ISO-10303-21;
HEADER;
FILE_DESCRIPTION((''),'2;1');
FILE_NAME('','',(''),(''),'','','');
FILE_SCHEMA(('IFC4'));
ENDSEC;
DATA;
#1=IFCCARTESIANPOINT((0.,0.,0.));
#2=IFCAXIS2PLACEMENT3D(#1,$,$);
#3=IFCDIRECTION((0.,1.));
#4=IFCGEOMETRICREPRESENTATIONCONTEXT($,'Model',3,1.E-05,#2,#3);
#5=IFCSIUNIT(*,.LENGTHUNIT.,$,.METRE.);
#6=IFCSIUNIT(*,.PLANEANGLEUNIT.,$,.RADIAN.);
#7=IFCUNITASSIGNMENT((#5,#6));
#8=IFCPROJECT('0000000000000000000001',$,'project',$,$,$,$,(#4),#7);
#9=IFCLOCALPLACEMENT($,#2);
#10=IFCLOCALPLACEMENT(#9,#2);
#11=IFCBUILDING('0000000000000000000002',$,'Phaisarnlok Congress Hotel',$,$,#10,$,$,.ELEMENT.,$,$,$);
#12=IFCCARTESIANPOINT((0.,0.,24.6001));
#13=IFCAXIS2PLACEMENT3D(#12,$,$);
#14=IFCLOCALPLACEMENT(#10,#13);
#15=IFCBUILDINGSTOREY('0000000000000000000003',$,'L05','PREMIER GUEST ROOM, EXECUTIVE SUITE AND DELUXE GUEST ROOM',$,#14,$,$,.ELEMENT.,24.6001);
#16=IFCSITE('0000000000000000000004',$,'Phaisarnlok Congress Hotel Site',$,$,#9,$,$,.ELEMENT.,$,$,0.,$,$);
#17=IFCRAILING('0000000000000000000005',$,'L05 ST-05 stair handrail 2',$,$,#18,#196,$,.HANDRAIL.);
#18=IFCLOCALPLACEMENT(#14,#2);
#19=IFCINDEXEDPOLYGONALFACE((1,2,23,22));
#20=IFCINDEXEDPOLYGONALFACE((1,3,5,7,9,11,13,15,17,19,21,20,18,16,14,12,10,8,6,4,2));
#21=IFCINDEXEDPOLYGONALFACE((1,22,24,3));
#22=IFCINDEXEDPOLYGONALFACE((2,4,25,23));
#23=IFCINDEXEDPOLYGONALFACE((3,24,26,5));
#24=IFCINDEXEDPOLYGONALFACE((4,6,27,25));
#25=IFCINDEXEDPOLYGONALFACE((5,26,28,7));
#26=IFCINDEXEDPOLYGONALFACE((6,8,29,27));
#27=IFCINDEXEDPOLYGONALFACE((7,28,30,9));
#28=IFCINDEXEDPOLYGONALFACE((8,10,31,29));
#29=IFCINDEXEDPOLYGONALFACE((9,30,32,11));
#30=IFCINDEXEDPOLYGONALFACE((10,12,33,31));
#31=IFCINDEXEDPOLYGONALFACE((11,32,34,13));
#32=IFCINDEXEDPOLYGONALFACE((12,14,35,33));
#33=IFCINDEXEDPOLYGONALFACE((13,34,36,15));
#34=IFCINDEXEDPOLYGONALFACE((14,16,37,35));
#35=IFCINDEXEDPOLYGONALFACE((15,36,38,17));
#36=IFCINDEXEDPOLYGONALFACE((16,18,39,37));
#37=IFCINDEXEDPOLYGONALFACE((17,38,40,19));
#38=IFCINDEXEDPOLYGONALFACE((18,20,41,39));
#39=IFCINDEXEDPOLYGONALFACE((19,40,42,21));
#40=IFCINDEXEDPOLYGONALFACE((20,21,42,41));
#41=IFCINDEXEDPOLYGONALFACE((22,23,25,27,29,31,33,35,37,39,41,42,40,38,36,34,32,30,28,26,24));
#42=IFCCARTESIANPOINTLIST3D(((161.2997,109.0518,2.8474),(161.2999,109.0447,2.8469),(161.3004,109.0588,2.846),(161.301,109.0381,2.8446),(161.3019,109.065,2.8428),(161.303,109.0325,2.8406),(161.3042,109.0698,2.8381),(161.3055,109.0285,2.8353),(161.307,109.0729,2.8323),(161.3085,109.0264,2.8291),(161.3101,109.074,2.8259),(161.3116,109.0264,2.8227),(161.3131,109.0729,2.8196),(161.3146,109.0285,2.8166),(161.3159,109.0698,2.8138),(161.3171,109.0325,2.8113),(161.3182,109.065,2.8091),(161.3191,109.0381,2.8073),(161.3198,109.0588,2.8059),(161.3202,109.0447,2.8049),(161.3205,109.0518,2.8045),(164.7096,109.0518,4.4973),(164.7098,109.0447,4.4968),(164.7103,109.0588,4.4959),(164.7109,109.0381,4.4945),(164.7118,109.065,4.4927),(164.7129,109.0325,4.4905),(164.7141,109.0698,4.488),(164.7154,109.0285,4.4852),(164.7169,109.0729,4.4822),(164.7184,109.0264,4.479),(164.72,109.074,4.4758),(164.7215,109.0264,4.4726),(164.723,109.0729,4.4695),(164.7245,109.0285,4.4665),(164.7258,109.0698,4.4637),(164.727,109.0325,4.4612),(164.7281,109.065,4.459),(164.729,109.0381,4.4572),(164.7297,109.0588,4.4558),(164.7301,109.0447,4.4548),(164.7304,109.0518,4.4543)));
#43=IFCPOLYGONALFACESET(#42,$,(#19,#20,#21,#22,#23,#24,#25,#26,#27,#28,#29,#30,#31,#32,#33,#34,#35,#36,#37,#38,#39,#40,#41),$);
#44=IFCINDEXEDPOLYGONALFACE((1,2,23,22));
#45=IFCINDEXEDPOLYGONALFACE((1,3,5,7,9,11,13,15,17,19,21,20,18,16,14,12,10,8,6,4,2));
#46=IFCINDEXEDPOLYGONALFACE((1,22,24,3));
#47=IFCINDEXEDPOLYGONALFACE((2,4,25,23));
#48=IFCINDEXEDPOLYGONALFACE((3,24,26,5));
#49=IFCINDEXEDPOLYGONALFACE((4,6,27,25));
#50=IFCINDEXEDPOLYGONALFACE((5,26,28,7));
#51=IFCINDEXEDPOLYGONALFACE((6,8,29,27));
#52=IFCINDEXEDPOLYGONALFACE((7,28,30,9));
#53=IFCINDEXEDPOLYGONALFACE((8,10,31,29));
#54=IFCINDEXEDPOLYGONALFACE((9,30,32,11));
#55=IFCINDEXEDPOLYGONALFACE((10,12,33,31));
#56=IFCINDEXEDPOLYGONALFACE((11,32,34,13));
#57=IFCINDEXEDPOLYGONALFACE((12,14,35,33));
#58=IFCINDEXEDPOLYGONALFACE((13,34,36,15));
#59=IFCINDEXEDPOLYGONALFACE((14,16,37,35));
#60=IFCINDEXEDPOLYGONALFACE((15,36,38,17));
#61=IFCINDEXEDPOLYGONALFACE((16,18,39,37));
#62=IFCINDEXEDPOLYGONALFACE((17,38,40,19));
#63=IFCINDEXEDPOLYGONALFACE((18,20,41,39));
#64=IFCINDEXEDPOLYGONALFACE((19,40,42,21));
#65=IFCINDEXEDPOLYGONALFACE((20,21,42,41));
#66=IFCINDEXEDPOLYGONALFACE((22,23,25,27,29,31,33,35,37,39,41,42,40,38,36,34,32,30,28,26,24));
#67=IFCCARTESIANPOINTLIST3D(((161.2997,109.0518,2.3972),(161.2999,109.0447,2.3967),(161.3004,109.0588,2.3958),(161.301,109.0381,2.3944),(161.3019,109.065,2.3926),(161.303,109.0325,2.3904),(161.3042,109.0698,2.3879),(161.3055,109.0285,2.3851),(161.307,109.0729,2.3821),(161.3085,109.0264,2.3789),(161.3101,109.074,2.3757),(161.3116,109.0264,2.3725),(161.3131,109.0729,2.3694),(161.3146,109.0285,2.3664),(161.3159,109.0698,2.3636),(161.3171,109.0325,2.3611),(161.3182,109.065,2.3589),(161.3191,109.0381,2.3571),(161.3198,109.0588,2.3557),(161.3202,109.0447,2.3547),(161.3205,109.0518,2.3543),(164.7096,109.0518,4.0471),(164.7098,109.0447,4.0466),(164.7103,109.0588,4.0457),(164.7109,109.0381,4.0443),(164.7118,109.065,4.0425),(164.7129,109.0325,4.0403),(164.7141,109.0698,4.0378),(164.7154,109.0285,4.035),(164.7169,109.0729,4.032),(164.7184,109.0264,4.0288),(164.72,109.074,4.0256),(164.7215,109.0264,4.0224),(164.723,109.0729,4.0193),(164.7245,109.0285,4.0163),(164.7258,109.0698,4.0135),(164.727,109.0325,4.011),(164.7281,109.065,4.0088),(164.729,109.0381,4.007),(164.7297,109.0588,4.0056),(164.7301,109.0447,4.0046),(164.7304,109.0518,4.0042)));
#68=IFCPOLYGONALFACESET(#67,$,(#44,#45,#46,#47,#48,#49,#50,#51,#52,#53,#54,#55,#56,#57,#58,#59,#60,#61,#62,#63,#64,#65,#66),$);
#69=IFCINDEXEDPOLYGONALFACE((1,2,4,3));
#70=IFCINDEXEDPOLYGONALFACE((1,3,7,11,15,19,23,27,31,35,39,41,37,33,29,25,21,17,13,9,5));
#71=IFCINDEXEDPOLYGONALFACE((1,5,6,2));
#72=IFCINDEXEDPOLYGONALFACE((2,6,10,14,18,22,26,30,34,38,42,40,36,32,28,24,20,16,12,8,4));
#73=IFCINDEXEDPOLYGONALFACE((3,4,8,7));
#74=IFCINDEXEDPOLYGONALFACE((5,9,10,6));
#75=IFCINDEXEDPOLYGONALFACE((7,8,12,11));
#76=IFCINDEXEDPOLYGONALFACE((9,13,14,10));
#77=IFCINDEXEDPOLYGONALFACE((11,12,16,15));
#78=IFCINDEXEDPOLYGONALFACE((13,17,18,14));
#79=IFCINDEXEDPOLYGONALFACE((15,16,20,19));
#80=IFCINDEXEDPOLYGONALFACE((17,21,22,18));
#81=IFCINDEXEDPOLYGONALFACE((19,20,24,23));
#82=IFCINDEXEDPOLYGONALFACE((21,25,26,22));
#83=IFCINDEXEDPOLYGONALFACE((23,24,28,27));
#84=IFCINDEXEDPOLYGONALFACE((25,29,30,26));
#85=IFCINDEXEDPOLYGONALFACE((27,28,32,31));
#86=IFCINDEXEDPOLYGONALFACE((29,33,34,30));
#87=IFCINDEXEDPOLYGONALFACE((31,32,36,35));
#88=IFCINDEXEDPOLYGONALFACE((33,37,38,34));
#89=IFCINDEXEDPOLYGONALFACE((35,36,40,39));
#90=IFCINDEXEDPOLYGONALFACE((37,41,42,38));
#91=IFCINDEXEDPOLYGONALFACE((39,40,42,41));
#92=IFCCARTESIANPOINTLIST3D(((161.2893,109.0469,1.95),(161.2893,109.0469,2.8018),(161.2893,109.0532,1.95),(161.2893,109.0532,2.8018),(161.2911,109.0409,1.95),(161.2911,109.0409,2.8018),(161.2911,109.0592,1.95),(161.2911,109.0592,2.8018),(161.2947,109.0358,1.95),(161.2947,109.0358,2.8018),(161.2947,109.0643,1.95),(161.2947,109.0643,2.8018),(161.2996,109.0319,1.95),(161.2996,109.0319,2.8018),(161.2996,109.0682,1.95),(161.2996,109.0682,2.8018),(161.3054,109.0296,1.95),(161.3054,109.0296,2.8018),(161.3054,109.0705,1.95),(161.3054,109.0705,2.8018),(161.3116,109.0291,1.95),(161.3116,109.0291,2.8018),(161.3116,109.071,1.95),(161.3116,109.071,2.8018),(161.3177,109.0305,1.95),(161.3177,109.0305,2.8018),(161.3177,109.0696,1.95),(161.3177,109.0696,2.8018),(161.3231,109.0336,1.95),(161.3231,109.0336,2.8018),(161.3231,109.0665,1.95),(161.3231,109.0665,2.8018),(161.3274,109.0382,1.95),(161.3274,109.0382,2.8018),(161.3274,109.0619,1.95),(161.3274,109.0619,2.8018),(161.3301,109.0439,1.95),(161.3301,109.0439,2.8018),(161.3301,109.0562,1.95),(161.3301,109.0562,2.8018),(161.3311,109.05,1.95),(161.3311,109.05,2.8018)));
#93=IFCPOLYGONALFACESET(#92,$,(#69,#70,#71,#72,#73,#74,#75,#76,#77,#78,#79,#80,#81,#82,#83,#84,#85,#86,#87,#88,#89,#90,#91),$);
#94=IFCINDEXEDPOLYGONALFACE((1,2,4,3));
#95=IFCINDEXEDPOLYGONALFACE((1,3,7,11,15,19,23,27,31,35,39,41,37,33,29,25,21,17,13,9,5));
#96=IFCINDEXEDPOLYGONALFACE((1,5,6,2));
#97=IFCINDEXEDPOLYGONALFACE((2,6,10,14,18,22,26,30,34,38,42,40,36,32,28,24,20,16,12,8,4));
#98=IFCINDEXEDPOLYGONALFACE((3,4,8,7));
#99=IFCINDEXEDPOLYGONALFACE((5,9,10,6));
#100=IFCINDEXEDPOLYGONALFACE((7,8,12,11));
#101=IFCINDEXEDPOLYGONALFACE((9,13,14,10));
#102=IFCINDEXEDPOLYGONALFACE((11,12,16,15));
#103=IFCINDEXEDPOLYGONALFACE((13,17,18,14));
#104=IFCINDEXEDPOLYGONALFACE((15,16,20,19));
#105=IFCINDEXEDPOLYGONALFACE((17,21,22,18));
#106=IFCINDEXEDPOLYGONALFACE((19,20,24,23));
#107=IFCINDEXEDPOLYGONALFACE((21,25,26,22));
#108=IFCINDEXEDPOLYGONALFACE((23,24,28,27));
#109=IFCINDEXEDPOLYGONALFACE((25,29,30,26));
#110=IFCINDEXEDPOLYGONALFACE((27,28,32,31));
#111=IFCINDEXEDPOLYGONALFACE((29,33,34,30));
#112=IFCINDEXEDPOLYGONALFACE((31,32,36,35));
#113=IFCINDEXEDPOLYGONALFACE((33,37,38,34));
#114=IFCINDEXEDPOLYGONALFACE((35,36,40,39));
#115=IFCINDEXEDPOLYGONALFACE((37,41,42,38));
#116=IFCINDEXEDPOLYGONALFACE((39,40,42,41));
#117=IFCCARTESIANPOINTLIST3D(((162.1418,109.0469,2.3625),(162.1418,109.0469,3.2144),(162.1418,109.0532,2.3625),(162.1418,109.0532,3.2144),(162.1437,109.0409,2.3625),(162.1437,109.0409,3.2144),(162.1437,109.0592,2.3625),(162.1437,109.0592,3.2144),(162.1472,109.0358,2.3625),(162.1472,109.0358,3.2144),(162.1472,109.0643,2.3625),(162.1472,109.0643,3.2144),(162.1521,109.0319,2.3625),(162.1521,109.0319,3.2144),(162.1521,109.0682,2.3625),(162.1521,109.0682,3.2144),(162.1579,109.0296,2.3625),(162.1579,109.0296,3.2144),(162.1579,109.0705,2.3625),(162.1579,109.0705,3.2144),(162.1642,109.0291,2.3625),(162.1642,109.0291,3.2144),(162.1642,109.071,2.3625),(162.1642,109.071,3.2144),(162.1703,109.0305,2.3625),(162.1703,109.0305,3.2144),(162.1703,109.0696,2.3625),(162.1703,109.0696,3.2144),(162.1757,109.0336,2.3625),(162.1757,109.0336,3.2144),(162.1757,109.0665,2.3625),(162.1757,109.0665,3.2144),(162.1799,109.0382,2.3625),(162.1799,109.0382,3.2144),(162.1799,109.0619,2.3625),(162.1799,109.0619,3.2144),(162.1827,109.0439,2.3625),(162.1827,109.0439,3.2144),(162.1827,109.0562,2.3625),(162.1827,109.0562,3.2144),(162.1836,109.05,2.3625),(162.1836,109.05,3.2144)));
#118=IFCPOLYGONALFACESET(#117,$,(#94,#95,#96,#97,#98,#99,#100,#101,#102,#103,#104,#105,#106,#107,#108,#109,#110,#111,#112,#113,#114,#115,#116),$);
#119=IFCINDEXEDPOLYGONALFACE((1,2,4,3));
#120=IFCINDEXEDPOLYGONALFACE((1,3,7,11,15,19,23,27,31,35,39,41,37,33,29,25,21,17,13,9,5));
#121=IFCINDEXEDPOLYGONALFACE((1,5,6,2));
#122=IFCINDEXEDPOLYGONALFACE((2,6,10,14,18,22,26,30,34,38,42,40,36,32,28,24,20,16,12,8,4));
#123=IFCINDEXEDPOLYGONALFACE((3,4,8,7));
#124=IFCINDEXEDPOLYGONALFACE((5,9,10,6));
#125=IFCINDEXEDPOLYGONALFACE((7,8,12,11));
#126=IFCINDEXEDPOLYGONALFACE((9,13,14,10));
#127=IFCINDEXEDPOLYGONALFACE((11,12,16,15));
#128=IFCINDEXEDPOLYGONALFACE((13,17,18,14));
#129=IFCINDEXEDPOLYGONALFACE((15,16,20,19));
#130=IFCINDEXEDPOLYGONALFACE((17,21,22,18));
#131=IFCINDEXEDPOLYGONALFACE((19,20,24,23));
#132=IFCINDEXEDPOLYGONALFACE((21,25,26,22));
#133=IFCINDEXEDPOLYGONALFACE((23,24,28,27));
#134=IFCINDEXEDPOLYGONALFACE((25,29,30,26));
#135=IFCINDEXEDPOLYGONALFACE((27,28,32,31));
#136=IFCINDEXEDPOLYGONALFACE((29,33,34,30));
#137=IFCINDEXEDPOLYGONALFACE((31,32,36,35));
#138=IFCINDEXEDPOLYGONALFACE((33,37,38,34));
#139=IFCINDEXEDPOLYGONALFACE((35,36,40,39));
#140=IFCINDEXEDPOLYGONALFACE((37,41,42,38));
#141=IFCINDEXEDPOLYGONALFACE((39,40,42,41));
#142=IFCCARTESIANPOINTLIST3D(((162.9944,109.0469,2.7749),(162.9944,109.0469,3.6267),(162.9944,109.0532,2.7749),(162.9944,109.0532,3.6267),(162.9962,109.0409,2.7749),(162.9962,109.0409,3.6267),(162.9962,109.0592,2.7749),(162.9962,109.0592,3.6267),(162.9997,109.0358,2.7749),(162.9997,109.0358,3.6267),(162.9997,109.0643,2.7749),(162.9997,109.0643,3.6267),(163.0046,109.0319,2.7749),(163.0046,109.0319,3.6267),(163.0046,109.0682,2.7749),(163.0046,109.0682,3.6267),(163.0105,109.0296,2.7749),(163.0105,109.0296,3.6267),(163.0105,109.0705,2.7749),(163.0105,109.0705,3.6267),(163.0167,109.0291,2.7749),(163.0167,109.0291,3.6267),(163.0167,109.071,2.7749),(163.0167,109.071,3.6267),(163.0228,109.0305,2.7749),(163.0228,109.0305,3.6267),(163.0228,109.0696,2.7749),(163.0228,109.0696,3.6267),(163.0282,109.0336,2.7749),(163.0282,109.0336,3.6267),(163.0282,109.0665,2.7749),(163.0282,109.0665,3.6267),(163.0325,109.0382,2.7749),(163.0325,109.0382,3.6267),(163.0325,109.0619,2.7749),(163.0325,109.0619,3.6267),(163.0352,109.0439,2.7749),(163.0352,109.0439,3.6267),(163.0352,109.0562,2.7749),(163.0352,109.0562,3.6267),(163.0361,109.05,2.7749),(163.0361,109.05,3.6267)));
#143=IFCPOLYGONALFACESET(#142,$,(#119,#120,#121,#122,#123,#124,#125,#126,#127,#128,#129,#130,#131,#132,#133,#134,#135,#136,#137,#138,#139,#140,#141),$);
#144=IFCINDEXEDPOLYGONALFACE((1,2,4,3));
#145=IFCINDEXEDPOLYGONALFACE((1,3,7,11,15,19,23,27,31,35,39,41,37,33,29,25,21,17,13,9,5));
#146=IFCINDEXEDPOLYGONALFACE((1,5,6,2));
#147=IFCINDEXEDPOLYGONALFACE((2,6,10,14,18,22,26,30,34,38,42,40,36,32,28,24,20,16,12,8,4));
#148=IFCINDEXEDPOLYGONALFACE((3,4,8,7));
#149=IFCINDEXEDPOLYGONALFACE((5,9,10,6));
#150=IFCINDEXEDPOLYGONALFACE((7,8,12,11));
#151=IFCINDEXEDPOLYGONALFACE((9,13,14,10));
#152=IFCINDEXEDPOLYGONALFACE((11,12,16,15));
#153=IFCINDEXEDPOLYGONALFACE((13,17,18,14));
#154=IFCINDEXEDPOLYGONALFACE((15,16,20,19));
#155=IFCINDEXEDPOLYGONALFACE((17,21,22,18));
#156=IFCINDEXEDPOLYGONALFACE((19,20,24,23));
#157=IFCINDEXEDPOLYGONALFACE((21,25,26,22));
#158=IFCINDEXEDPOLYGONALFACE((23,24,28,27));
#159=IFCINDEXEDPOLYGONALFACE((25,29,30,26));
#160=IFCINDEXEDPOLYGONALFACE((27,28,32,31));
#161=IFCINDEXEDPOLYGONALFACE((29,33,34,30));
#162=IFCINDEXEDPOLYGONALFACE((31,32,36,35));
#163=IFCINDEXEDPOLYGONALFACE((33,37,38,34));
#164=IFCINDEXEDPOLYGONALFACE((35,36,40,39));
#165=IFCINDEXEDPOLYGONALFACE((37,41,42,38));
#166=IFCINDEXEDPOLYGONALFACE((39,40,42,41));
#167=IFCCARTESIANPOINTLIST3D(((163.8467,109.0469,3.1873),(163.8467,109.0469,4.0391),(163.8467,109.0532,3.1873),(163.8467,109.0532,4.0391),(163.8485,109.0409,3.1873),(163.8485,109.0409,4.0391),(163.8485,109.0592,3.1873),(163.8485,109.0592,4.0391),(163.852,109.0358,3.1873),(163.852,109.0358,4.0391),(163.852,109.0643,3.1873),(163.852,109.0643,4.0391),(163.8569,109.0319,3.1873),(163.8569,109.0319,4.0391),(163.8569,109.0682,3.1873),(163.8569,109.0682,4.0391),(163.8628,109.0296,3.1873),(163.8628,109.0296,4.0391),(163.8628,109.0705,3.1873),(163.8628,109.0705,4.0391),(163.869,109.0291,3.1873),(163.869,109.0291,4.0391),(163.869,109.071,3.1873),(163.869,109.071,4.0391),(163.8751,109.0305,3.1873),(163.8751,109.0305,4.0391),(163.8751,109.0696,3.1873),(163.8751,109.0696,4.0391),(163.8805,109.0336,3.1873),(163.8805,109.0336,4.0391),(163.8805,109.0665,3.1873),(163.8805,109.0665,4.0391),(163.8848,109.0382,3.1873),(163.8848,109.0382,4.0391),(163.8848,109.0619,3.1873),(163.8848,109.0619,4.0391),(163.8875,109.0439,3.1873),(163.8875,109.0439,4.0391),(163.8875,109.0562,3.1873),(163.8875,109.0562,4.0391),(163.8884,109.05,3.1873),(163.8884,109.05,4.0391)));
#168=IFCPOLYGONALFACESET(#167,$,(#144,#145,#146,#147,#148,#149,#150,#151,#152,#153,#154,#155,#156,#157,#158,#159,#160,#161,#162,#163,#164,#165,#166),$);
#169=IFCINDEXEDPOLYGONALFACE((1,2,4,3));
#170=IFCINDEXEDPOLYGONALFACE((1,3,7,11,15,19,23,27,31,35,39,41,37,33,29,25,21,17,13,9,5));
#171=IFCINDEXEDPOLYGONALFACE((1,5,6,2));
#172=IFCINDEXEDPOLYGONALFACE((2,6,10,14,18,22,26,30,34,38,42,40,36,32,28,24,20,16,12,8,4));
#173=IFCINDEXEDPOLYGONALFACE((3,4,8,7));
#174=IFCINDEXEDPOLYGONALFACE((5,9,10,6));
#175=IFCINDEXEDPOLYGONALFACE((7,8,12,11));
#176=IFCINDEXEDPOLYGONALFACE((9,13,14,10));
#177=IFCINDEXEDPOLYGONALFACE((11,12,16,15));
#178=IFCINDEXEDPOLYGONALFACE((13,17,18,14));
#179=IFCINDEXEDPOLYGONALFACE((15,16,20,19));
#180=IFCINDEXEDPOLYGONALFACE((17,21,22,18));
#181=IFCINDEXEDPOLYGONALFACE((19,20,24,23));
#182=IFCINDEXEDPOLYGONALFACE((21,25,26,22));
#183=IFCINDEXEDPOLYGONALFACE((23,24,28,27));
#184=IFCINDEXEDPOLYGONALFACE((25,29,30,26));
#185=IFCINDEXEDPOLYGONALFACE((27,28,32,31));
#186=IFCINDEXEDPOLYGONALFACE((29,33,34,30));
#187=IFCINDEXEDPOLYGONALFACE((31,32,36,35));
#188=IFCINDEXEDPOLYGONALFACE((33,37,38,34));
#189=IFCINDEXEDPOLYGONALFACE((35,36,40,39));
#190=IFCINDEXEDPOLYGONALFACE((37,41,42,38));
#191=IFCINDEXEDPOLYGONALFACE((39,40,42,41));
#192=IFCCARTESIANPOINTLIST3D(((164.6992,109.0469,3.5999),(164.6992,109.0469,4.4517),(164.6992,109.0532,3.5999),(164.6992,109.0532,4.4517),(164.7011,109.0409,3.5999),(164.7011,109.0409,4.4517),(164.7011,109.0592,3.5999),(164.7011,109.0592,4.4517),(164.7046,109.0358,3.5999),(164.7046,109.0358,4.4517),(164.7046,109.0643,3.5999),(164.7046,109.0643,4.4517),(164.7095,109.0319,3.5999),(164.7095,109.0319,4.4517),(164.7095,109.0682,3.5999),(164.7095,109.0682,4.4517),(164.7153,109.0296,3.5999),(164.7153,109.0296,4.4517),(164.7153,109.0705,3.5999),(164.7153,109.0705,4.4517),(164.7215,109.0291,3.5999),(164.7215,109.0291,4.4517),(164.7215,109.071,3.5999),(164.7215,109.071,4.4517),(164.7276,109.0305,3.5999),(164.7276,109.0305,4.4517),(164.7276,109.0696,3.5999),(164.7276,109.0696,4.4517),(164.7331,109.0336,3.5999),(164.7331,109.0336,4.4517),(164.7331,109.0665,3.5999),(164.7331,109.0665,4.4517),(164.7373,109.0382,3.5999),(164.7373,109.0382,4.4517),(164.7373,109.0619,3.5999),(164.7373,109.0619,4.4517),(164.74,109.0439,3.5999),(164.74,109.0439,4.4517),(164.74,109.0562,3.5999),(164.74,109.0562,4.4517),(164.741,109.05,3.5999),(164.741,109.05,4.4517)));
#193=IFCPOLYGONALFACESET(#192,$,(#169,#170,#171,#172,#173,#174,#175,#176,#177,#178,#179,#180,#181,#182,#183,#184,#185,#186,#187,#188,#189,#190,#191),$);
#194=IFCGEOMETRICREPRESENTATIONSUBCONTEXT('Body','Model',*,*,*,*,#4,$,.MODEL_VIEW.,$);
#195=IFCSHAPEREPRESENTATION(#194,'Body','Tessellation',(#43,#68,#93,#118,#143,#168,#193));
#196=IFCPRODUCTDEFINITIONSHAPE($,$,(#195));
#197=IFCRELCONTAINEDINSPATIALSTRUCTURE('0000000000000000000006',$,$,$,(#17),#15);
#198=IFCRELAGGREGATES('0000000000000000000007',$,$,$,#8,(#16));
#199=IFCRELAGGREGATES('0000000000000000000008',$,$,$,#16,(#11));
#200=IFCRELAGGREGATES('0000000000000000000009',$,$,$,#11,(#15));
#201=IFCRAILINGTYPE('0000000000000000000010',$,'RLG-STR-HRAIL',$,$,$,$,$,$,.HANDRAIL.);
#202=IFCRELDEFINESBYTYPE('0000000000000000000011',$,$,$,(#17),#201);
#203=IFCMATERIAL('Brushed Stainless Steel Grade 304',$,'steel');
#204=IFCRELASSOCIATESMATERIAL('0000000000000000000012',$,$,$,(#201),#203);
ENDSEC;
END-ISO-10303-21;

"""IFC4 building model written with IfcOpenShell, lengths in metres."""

from ifc_helpers import new_model, si_unit, direction, frame, origin, origin_2d, place, context, subcontext, project, spatial, circle, extrude, material, type_object, element, save


model = new_model("IFC4")

# Units and contexts
model_context = context("Model", 3, precision=1e-05, world=origin(), true_north=direction((0.0, 1.0)))
body_context = subcontext(model_context, "Body", "Model", "MODEL_VIEW")
ifc_project = project(units=[si_unit("LENGTHUNIT", "METRE"), si_unit("PLANEANGLEUNIT", "RADIAN")], contexts=[model_context])

# Site, building, storey
site_placement = place(None, origin())
site = spatial("IfcSite", under=ifc_project, at=site_placement, Name="Phaisarnlok Congress Hotel Site", CompositionType="ELEMENT", RefElevation=0.0)
building_placement = place(site_placement, origin())
building = spatial("IfcBuilding", under=site, at=building_placement, Name="Phaisarnlok Congress Hotel", CompositionType="ELEMENT")
storey_placement = place(building_placement, frame((0.0, 0.0, 24.6001)))
storey = spatial("IfcBuildingStorey", under=building, at=storey_placement, Name="L05", Description="PREMIER GUEST ROOM, EXECUTIVE SUITE AND DELUXE GUEST ROOM", CompositionType="ELEMENT", Elevation=24.6001)

# Railing
ifc_material_1 = material(Name="Brushed Stainless Steel Grade 304", Category="steel")
railing_type = type_object("IfcRailingType", Name="RLG-STR-HRAIL", PredefinedType="HANDRAIL", material=ifc_material_1)
railing_placement = place(storey_placement, frame((161.3101, 109.05, 1.95)))
element("IfcRailing", 1, at=railing_placement, inside=storey, type_object=railing_type, Name="L05 ST-05 stair handrail 2", PredefinedType="HANDRAIL", context=body_context, shape_type="SweptSolid", body=[
    extrude(circle(Radius=0.0239, at=origin_2d()), frame((0.0, 0.0, 0.876), z_axis=(0.900165, 0.0, 0.435549), x_axis=(0.0, 1.0, 0.0)), (0.0, 0.0, 1.0), 3.7881),
    extrude(circle(Radius=0.0239, at=origin_2d()), frame((0.0, 0.0, 0.4258), z_axis=(0.900165, 0.0, 0.435549), x_axis=(0.0, 1.0, 0.0)), (0.0, 0.0, 1.0), 3.7881),
    extrude(circle(Radius=0.021, at=origin_2d()), origin(), (0.0, 0.0, 1.0), 0.8518),
    extrude(circle(Radius=0.021, at=origin_2d()), frame((0.8525, 0.0, 0.4126)), (0.0, 0.0, 1.0), 0.8518),
    extrude(circle(Radius=0.021, at=origin_2d()), frame((1.7051, 0.0, 0.825)), (0.0, 0.0, 1.0), 0.8518),
    extrude(circle(Radius=0.021, at=origin_2d()), frame((2.5574, 0.0, 1.2373)), (0.0, 0.0, 1.0), 0.8518),
    extrude(circle(Radius=0.021, at=origin_2d()), frame((3.4099, 0.0, 1.6499)), (0.0, 0.0, 1.0), 0.8518),
])

save(model, "model.ifc")
